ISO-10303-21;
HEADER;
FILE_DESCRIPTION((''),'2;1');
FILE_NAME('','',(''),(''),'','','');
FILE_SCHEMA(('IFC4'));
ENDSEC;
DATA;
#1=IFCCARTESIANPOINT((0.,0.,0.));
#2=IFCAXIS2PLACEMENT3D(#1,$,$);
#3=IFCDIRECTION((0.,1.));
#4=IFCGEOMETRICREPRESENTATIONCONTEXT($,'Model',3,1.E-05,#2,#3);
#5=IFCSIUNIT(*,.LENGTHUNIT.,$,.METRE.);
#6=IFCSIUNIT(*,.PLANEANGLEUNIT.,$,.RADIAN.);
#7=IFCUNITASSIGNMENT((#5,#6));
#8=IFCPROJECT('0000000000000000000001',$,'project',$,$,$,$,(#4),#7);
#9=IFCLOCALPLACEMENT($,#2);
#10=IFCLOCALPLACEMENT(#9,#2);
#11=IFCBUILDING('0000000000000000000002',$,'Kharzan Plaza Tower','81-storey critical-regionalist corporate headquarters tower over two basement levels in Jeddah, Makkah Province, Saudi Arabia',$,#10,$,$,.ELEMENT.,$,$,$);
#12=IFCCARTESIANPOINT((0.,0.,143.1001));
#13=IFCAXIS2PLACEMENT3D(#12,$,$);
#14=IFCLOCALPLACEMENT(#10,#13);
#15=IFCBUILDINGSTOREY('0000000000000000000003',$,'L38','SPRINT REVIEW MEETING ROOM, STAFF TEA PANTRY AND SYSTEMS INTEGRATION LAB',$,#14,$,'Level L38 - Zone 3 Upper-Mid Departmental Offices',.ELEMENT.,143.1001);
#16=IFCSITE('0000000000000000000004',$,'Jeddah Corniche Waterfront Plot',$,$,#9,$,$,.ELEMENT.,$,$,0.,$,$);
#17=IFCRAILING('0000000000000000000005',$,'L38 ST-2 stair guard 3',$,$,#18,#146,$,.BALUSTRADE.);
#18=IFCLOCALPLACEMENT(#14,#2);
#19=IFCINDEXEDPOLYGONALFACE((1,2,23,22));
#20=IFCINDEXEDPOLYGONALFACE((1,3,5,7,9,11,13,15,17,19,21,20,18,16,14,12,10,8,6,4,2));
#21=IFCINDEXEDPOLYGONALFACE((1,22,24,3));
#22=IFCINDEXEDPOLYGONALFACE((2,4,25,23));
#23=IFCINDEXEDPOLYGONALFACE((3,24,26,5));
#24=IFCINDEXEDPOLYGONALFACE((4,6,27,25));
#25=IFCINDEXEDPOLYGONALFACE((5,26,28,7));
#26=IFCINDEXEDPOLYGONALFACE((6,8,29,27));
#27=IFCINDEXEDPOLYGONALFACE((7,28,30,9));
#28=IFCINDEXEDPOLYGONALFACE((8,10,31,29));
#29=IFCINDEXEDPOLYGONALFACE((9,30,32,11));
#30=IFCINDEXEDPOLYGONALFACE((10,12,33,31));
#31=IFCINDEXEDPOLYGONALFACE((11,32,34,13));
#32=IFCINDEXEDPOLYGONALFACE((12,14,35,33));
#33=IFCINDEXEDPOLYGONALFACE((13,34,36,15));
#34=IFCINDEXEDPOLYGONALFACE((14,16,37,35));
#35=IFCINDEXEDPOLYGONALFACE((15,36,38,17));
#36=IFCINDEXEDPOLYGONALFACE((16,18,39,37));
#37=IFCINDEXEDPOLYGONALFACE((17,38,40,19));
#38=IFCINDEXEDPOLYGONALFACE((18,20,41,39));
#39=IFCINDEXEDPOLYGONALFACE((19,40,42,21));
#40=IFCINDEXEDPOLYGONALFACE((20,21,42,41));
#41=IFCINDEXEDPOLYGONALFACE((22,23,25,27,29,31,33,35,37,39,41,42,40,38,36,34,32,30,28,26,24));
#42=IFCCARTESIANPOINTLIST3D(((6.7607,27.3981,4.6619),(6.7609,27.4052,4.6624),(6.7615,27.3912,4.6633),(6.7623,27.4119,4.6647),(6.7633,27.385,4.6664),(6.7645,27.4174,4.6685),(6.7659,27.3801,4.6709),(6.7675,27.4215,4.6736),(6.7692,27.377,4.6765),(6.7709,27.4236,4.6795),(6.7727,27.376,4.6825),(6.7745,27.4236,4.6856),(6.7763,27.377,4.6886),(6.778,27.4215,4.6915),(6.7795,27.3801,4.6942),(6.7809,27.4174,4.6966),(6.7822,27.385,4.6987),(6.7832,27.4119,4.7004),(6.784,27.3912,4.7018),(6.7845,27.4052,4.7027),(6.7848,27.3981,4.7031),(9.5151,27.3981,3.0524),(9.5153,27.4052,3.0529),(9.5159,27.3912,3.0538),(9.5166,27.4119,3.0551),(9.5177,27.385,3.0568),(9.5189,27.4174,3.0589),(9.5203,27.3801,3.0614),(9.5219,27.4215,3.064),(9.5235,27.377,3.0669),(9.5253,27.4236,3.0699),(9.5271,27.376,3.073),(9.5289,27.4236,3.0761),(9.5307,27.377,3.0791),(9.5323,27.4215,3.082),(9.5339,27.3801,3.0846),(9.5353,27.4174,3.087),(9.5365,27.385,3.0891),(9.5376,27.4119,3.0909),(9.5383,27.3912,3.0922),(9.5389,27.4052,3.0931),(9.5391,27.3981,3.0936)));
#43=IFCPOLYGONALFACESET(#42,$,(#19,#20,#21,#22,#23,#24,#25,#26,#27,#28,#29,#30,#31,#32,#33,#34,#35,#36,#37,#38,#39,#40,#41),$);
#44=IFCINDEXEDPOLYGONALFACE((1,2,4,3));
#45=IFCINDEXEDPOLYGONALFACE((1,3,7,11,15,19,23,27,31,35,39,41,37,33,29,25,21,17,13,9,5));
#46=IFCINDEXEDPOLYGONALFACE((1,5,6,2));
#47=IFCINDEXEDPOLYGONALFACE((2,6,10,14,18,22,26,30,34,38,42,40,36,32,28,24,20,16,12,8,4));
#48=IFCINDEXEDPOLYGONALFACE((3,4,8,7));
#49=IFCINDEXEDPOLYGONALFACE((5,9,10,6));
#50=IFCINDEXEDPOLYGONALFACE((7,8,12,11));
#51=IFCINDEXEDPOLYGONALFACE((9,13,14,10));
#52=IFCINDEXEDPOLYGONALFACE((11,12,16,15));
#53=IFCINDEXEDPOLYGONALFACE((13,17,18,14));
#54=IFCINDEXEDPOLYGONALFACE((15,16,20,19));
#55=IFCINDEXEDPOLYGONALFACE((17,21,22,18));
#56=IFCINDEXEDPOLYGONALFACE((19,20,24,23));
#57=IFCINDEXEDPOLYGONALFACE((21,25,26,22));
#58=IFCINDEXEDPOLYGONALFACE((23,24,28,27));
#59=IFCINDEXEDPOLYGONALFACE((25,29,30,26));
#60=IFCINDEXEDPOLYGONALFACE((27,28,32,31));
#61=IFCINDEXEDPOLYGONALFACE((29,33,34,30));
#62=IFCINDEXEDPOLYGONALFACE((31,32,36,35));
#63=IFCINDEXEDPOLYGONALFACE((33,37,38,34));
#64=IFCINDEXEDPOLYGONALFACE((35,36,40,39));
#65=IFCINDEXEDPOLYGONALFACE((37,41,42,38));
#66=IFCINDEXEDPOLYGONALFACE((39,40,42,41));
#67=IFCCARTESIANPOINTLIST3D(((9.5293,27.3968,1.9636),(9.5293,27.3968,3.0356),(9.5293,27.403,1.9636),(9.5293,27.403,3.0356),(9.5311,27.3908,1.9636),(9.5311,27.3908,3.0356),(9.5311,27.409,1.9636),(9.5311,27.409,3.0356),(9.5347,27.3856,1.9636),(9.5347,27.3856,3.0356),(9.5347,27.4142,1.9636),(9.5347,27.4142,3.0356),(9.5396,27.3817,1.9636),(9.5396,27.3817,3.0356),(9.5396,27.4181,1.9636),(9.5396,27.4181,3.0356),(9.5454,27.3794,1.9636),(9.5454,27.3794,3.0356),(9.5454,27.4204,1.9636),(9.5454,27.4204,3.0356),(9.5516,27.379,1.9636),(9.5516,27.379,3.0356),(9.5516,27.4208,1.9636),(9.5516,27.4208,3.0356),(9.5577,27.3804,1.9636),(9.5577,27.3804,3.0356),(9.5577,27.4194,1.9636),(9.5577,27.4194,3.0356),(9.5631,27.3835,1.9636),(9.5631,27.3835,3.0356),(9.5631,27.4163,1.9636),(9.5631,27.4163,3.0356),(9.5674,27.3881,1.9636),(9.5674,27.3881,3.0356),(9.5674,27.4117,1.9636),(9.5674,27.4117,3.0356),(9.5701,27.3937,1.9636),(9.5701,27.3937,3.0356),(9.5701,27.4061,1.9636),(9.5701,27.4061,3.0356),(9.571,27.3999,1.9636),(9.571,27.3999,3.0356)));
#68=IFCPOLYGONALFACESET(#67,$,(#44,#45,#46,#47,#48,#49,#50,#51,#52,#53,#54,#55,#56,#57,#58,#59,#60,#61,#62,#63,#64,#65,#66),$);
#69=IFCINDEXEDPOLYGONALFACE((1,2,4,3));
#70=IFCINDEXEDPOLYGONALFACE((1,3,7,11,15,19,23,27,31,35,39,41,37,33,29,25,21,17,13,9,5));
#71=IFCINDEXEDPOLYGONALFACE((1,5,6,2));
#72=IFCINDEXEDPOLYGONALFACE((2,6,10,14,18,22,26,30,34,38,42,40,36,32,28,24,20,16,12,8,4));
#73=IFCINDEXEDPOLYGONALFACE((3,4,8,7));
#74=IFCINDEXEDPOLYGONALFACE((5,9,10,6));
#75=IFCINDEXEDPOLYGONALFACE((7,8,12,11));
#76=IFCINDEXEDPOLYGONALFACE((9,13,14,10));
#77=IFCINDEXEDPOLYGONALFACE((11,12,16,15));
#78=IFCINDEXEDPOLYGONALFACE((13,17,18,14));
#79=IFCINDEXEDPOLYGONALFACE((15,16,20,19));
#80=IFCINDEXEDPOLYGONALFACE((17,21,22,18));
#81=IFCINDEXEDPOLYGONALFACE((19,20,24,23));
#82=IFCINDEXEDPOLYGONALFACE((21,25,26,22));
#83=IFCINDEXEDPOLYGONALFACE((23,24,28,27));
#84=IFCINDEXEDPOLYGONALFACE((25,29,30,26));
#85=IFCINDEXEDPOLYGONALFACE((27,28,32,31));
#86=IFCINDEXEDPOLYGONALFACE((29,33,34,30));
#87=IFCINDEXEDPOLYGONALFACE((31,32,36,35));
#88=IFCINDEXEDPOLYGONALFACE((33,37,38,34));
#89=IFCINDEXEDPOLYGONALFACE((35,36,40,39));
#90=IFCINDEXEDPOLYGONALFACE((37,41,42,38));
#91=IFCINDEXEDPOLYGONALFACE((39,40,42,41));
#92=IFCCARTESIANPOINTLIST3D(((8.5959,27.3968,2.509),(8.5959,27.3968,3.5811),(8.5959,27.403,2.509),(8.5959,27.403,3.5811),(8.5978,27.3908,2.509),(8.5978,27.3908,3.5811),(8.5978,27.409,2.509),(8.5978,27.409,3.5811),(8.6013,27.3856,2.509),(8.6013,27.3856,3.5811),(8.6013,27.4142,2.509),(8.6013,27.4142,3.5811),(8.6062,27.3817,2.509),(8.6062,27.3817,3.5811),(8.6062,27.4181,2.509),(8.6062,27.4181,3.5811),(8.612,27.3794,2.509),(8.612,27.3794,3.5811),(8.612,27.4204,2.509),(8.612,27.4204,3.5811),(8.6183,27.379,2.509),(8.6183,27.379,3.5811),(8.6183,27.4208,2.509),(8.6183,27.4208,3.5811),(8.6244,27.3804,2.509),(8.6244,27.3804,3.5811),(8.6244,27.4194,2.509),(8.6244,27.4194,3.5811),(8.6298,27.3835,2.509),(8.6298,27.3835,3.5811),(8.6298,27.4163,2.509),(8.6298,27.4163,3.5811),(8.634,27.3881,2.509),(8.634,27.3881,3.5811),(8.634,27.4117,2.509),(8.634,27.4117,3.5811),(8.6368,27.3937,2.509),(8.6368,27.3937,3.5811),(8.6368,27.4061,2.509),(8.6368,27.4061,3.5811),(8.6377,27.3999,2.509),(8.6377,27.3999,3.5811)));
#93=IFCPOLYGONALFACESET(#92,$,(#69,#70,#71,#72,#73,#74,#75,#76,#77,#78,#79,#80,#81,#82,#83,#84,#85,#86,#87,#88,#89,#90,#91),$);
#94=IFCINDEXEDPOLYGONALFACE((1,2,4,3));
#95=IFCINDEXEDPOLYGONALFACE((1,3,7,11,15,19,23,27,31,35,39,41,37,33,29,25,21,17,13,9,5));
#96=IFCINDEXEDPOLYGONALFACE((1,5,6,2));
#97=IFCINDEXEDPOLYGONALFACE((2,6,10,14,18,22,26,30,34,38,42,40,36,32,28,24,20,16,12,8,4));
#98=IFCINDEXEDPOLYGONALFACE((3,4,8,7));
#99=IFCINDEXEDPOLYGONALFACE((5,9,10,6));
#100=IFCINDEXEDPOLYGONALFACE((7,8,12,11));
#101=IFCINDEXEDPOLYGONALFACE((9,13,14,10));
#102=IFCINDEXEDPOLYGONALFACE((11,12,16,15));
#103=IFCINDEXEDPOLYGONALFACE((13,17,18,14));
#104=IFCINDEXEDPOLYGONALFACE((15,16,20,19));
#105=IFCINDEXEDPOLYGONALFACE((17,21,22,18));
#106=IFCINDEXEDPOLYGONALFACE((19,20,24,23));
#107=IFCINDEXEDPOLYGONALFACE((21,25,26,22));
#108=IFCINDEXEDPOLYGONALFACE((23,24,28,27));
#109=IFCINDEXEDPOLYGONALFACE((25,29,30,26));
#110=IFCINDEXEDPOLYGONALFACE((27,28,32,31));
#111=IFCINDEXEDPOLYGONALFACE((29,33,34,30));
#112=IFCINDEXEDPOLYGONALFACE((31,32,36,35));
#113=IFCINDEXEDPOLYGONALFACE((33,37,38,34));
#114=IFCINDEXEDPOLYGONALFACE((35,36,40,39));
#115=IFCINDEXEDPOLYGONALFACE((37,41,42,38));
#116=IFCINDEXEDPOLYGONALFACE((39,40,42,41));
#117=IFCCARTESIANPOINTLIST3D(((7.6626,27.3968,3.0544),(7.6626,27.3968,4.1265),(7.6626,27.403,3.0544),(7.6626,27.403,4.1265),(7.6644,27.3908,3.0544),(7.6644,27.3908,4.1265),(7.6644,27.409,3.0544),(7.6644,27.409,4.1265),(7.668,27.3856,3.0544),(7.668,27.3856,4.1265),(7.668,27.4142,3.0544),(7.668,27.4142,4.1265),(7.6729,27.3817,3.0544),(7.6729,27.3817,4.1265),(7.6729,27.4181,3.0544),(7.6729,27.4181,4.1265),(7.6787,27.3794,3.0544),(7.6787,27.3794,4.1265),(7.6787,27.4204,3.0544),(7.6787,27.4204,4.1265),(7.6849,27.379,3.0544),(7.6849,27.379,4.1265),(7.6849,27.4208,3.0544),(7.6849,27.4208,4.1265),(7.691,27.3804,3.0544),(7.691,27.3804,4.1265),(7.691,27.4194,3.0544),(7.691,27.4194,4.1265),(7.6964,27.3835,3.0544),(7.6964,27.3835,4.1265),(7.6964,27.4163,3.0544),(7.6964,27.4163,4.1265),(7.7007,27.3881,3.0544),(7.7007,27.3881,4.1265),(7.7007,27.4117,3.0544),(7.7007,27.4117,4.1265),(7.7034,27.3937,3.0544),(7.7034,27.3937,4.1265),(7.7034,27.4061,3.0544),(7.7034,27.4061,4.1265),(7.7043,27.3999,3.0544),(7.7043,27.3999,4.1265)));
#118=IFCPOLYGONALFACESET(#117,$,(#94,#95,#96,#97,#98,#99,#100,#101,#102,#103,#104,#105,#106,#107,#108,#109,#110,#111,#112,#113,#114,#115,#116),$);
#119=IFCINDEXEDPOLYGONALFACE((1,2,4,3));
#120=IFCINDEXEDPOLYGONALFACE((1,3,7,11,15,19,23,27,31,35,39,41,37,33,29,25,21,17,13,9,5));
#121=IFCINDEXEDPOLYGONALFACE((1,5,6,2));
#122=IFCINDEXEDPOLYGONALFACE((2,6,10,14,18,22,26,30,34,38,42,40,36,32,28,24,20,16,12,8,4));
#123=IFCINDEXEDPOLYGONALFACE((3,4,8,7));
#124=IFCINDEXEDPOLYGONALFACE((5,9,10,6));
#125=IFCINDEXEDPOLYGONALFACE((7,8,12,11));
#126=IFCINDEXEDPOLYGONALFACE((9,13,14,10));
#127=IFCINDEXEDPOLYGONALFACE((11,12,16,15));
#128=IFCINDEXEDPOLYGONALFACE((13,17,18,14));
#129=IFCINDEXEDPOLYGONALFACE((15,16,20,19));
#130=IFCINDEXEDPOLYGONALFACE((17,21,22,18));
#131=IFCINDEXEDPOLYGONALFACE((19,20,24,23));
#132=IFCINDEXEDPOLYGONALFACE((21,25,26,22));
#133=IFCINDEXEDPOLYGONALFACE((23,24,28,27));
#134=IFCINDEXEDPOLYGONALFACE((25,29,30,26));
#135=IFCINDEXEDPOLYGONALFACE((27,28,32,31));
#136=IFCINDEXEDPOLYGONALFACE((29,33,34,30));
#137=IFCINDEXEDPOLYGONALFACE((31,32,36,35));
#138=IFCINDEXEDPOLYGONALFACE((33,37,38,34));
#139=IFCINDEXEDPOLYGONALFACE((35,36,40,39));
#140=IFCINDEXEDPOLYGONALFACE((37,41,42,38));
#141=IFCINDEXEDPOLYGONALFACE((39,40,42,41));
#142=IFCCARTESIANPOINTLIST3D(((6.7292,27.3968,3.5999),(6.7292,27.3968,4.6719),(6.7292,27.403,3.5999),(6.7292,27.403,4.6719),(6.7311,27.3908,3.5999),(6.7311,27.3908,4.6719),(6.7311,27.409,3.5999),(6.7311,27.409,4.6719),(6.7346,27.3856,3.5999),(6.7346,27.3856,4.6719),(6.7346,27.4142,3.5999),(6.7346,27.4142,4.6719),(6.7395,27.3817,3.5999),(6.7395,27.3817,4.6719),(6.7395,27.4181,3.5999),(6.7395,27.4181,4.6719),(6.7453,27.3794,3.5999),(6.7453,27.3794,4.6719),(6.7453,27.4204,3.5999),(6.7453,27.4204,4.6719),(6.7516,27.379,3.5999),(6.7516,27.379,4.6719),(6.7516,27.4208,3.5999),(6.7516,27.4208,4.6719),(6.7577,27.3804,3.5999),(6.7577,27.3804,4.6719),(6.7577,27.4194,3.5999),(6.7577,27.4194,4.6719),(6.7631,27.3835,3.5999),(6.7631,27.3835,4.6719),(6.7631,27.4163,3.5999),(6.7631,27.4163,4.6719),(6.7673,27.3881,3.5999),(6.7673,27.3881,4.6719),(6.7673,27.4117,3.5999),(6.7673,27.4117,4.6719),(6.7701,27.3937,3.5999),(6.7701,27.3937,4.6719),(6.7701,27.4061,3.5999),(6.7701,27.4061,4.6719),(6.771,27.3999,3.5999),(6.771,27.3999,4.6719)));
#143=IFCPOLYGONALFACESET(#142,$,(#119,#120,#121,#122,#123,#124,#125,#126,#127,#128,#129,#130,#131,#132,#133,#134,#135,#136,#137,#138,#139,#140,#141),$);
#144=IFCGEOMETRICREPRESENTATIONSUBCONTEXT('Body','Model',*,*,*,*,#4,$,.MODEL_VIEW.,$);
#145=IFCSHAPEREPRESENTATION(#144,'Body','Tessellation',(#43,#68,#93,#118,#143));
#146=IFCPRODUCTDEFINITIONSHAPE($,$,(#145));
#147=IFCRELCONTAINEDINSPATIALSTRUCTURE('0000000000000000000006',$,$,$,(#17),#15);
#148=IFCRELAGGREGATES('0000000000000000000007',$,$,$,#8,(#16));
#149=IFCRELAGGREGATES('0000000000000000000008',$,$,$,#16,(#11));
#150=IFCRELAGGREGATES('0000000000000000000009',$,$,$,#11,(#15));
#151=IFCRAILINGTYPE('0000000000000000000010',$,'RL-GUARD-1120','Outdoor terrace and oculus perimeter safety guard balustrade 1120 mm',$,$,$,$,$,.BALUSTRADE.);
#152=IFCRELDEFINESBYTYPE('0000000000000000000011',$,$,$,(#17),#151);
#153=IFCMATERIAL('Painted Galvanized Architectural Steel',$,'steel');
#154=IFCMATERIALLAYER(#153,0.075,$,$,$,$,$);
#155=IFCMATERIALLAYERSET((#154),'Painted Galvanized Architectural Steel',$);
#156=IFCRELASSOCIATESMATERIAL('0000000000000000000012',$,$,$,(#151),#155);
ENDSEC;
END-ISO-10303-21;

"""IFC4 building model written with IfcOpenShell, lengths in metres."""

from ifc_helpers import new_model, si_unit, direction, frame, origin, origin_2d, place, context, subcontext, project, spatial, circle, extrude, source, transform, mapped, material, layer, layer_set, type_object, element, save


model = new_model("IFC4")

# Units and contexts
model_context = context("Model", 3, precision=1e-05, world=origin(), true_north=direction((0.0, 1.0)))
body_context = subcontext(model_context, "Body", "Model", "MODEL_VIEW")
ifc_project = project(units=[si_unit("LENGTHUNIT", "METRE"), si_unit("PLANEANGLEUNIT", "RADIAN")], contexts=[model_context])

# Site, building, storey
site_placement = place(None, origin())
site = spatial("IfcSite", under=ifc_project, at=site_placement, Name="Jeddah Corniche Waterfront Plot", CompositionType="ELEMENT", RefElevation=0.0)
building_placement = place(site_placement, origin())
building = spatial("IfcBuilding", under=site, at=building_placement, Name="Kharzan Plaza Tower", Description="81-storey critical-regionalist corporate headquarters tower over two basement levels in Jeddah, Makkah Province, Saudi Arabia", CompositionType="ELEMENT")
storey_placement = place(building_placement, frame((0.0, 0.0, 143.1001)))
storey = spatial("IfcBuildingStorey", under=building, at=storey_placement, Name="L38", Description="SPRINT REVIEW MEETING ROOM, STAFF TEA PANTRY AND SYSTEMS INTEGRATION LAB", LongName="Level L38 - Zone 3 Upper-Mid Departmental Offices", CompositionType="ELEMENT", Elevation=143.1001)

# Railing
ifc_material_1 = material(Name="Painted Galvanized Architectural Steel", Category="steel")
ifc_layer_1 = layer(ifc_material_1, 0.075)
ifc_layer_set_1 = layer_set([ifc_layer_1], Name="Painted Galvanized Architectural Steel")
railing_type_1 = type_object("IfcRailingType", Name="RL-GUARD-1120", Description="Outdoor terrace and oculus perimeter safety guard balustrade 1120 mm", PredefinedType="BALUSTRADE", material=ifc_layer_set_1)
shared_shape_1 = source(origin(), body_context, "Body", "SweptSolid", [
    extrude(circle(Radius=0.0239, at=origin_2d()), frame((-0.0229, 0.0, 1.1094), z_axis=(-0.863394, 0.0, 0.504531), x_axis=(0.0, -1.0, 0.0)), (0.0, 0.0, 1.0), 3.1902),
    extrude(circle(Radius=0.021, at=origin_2d()), origin(), (0.0, 0.0, 1.0), 1.072),
    extrude(circle(Radius=0.021, at=origin_2d()), frame((-0.9333, 0.0, 0.5454)), (0.0, 0.0, 1.0), 1.072),
    extrude(circle(Radius=0.021, at=origin_2d()), frame((-1.8667, 0.0, 1.0908)), (0.0, 0.0, 1.0), 1.072),
    extrude(circle(Radius=0.021, at=origin_2d()), frame((-2.8, 0.0, 1.6362)), (0.0, 0.0, 1.0), 1.072),
])
railing_1_placement = place(storey_placement, frame((9.55, 27.3999, 1.9636)))
element("IfcRailing", 1, at=railing_1_placement, inside=storey, type_object=railing_type_1, Name="L38 ST-2 stair guard 3", PredefinedType="BALUSTRADE", context=body_context, shape_type="MappedRepresentation", body=[
    mapped(shared_shape_1, transform((0.0, 0.0, 0.0), x_axis=(1.0, 0.0, 0.0), y_axis=(0.0, 1.0, 0.0), z_axis=(0.0, 0.0, 1.0))),
])

save(model, "model.ifc")
